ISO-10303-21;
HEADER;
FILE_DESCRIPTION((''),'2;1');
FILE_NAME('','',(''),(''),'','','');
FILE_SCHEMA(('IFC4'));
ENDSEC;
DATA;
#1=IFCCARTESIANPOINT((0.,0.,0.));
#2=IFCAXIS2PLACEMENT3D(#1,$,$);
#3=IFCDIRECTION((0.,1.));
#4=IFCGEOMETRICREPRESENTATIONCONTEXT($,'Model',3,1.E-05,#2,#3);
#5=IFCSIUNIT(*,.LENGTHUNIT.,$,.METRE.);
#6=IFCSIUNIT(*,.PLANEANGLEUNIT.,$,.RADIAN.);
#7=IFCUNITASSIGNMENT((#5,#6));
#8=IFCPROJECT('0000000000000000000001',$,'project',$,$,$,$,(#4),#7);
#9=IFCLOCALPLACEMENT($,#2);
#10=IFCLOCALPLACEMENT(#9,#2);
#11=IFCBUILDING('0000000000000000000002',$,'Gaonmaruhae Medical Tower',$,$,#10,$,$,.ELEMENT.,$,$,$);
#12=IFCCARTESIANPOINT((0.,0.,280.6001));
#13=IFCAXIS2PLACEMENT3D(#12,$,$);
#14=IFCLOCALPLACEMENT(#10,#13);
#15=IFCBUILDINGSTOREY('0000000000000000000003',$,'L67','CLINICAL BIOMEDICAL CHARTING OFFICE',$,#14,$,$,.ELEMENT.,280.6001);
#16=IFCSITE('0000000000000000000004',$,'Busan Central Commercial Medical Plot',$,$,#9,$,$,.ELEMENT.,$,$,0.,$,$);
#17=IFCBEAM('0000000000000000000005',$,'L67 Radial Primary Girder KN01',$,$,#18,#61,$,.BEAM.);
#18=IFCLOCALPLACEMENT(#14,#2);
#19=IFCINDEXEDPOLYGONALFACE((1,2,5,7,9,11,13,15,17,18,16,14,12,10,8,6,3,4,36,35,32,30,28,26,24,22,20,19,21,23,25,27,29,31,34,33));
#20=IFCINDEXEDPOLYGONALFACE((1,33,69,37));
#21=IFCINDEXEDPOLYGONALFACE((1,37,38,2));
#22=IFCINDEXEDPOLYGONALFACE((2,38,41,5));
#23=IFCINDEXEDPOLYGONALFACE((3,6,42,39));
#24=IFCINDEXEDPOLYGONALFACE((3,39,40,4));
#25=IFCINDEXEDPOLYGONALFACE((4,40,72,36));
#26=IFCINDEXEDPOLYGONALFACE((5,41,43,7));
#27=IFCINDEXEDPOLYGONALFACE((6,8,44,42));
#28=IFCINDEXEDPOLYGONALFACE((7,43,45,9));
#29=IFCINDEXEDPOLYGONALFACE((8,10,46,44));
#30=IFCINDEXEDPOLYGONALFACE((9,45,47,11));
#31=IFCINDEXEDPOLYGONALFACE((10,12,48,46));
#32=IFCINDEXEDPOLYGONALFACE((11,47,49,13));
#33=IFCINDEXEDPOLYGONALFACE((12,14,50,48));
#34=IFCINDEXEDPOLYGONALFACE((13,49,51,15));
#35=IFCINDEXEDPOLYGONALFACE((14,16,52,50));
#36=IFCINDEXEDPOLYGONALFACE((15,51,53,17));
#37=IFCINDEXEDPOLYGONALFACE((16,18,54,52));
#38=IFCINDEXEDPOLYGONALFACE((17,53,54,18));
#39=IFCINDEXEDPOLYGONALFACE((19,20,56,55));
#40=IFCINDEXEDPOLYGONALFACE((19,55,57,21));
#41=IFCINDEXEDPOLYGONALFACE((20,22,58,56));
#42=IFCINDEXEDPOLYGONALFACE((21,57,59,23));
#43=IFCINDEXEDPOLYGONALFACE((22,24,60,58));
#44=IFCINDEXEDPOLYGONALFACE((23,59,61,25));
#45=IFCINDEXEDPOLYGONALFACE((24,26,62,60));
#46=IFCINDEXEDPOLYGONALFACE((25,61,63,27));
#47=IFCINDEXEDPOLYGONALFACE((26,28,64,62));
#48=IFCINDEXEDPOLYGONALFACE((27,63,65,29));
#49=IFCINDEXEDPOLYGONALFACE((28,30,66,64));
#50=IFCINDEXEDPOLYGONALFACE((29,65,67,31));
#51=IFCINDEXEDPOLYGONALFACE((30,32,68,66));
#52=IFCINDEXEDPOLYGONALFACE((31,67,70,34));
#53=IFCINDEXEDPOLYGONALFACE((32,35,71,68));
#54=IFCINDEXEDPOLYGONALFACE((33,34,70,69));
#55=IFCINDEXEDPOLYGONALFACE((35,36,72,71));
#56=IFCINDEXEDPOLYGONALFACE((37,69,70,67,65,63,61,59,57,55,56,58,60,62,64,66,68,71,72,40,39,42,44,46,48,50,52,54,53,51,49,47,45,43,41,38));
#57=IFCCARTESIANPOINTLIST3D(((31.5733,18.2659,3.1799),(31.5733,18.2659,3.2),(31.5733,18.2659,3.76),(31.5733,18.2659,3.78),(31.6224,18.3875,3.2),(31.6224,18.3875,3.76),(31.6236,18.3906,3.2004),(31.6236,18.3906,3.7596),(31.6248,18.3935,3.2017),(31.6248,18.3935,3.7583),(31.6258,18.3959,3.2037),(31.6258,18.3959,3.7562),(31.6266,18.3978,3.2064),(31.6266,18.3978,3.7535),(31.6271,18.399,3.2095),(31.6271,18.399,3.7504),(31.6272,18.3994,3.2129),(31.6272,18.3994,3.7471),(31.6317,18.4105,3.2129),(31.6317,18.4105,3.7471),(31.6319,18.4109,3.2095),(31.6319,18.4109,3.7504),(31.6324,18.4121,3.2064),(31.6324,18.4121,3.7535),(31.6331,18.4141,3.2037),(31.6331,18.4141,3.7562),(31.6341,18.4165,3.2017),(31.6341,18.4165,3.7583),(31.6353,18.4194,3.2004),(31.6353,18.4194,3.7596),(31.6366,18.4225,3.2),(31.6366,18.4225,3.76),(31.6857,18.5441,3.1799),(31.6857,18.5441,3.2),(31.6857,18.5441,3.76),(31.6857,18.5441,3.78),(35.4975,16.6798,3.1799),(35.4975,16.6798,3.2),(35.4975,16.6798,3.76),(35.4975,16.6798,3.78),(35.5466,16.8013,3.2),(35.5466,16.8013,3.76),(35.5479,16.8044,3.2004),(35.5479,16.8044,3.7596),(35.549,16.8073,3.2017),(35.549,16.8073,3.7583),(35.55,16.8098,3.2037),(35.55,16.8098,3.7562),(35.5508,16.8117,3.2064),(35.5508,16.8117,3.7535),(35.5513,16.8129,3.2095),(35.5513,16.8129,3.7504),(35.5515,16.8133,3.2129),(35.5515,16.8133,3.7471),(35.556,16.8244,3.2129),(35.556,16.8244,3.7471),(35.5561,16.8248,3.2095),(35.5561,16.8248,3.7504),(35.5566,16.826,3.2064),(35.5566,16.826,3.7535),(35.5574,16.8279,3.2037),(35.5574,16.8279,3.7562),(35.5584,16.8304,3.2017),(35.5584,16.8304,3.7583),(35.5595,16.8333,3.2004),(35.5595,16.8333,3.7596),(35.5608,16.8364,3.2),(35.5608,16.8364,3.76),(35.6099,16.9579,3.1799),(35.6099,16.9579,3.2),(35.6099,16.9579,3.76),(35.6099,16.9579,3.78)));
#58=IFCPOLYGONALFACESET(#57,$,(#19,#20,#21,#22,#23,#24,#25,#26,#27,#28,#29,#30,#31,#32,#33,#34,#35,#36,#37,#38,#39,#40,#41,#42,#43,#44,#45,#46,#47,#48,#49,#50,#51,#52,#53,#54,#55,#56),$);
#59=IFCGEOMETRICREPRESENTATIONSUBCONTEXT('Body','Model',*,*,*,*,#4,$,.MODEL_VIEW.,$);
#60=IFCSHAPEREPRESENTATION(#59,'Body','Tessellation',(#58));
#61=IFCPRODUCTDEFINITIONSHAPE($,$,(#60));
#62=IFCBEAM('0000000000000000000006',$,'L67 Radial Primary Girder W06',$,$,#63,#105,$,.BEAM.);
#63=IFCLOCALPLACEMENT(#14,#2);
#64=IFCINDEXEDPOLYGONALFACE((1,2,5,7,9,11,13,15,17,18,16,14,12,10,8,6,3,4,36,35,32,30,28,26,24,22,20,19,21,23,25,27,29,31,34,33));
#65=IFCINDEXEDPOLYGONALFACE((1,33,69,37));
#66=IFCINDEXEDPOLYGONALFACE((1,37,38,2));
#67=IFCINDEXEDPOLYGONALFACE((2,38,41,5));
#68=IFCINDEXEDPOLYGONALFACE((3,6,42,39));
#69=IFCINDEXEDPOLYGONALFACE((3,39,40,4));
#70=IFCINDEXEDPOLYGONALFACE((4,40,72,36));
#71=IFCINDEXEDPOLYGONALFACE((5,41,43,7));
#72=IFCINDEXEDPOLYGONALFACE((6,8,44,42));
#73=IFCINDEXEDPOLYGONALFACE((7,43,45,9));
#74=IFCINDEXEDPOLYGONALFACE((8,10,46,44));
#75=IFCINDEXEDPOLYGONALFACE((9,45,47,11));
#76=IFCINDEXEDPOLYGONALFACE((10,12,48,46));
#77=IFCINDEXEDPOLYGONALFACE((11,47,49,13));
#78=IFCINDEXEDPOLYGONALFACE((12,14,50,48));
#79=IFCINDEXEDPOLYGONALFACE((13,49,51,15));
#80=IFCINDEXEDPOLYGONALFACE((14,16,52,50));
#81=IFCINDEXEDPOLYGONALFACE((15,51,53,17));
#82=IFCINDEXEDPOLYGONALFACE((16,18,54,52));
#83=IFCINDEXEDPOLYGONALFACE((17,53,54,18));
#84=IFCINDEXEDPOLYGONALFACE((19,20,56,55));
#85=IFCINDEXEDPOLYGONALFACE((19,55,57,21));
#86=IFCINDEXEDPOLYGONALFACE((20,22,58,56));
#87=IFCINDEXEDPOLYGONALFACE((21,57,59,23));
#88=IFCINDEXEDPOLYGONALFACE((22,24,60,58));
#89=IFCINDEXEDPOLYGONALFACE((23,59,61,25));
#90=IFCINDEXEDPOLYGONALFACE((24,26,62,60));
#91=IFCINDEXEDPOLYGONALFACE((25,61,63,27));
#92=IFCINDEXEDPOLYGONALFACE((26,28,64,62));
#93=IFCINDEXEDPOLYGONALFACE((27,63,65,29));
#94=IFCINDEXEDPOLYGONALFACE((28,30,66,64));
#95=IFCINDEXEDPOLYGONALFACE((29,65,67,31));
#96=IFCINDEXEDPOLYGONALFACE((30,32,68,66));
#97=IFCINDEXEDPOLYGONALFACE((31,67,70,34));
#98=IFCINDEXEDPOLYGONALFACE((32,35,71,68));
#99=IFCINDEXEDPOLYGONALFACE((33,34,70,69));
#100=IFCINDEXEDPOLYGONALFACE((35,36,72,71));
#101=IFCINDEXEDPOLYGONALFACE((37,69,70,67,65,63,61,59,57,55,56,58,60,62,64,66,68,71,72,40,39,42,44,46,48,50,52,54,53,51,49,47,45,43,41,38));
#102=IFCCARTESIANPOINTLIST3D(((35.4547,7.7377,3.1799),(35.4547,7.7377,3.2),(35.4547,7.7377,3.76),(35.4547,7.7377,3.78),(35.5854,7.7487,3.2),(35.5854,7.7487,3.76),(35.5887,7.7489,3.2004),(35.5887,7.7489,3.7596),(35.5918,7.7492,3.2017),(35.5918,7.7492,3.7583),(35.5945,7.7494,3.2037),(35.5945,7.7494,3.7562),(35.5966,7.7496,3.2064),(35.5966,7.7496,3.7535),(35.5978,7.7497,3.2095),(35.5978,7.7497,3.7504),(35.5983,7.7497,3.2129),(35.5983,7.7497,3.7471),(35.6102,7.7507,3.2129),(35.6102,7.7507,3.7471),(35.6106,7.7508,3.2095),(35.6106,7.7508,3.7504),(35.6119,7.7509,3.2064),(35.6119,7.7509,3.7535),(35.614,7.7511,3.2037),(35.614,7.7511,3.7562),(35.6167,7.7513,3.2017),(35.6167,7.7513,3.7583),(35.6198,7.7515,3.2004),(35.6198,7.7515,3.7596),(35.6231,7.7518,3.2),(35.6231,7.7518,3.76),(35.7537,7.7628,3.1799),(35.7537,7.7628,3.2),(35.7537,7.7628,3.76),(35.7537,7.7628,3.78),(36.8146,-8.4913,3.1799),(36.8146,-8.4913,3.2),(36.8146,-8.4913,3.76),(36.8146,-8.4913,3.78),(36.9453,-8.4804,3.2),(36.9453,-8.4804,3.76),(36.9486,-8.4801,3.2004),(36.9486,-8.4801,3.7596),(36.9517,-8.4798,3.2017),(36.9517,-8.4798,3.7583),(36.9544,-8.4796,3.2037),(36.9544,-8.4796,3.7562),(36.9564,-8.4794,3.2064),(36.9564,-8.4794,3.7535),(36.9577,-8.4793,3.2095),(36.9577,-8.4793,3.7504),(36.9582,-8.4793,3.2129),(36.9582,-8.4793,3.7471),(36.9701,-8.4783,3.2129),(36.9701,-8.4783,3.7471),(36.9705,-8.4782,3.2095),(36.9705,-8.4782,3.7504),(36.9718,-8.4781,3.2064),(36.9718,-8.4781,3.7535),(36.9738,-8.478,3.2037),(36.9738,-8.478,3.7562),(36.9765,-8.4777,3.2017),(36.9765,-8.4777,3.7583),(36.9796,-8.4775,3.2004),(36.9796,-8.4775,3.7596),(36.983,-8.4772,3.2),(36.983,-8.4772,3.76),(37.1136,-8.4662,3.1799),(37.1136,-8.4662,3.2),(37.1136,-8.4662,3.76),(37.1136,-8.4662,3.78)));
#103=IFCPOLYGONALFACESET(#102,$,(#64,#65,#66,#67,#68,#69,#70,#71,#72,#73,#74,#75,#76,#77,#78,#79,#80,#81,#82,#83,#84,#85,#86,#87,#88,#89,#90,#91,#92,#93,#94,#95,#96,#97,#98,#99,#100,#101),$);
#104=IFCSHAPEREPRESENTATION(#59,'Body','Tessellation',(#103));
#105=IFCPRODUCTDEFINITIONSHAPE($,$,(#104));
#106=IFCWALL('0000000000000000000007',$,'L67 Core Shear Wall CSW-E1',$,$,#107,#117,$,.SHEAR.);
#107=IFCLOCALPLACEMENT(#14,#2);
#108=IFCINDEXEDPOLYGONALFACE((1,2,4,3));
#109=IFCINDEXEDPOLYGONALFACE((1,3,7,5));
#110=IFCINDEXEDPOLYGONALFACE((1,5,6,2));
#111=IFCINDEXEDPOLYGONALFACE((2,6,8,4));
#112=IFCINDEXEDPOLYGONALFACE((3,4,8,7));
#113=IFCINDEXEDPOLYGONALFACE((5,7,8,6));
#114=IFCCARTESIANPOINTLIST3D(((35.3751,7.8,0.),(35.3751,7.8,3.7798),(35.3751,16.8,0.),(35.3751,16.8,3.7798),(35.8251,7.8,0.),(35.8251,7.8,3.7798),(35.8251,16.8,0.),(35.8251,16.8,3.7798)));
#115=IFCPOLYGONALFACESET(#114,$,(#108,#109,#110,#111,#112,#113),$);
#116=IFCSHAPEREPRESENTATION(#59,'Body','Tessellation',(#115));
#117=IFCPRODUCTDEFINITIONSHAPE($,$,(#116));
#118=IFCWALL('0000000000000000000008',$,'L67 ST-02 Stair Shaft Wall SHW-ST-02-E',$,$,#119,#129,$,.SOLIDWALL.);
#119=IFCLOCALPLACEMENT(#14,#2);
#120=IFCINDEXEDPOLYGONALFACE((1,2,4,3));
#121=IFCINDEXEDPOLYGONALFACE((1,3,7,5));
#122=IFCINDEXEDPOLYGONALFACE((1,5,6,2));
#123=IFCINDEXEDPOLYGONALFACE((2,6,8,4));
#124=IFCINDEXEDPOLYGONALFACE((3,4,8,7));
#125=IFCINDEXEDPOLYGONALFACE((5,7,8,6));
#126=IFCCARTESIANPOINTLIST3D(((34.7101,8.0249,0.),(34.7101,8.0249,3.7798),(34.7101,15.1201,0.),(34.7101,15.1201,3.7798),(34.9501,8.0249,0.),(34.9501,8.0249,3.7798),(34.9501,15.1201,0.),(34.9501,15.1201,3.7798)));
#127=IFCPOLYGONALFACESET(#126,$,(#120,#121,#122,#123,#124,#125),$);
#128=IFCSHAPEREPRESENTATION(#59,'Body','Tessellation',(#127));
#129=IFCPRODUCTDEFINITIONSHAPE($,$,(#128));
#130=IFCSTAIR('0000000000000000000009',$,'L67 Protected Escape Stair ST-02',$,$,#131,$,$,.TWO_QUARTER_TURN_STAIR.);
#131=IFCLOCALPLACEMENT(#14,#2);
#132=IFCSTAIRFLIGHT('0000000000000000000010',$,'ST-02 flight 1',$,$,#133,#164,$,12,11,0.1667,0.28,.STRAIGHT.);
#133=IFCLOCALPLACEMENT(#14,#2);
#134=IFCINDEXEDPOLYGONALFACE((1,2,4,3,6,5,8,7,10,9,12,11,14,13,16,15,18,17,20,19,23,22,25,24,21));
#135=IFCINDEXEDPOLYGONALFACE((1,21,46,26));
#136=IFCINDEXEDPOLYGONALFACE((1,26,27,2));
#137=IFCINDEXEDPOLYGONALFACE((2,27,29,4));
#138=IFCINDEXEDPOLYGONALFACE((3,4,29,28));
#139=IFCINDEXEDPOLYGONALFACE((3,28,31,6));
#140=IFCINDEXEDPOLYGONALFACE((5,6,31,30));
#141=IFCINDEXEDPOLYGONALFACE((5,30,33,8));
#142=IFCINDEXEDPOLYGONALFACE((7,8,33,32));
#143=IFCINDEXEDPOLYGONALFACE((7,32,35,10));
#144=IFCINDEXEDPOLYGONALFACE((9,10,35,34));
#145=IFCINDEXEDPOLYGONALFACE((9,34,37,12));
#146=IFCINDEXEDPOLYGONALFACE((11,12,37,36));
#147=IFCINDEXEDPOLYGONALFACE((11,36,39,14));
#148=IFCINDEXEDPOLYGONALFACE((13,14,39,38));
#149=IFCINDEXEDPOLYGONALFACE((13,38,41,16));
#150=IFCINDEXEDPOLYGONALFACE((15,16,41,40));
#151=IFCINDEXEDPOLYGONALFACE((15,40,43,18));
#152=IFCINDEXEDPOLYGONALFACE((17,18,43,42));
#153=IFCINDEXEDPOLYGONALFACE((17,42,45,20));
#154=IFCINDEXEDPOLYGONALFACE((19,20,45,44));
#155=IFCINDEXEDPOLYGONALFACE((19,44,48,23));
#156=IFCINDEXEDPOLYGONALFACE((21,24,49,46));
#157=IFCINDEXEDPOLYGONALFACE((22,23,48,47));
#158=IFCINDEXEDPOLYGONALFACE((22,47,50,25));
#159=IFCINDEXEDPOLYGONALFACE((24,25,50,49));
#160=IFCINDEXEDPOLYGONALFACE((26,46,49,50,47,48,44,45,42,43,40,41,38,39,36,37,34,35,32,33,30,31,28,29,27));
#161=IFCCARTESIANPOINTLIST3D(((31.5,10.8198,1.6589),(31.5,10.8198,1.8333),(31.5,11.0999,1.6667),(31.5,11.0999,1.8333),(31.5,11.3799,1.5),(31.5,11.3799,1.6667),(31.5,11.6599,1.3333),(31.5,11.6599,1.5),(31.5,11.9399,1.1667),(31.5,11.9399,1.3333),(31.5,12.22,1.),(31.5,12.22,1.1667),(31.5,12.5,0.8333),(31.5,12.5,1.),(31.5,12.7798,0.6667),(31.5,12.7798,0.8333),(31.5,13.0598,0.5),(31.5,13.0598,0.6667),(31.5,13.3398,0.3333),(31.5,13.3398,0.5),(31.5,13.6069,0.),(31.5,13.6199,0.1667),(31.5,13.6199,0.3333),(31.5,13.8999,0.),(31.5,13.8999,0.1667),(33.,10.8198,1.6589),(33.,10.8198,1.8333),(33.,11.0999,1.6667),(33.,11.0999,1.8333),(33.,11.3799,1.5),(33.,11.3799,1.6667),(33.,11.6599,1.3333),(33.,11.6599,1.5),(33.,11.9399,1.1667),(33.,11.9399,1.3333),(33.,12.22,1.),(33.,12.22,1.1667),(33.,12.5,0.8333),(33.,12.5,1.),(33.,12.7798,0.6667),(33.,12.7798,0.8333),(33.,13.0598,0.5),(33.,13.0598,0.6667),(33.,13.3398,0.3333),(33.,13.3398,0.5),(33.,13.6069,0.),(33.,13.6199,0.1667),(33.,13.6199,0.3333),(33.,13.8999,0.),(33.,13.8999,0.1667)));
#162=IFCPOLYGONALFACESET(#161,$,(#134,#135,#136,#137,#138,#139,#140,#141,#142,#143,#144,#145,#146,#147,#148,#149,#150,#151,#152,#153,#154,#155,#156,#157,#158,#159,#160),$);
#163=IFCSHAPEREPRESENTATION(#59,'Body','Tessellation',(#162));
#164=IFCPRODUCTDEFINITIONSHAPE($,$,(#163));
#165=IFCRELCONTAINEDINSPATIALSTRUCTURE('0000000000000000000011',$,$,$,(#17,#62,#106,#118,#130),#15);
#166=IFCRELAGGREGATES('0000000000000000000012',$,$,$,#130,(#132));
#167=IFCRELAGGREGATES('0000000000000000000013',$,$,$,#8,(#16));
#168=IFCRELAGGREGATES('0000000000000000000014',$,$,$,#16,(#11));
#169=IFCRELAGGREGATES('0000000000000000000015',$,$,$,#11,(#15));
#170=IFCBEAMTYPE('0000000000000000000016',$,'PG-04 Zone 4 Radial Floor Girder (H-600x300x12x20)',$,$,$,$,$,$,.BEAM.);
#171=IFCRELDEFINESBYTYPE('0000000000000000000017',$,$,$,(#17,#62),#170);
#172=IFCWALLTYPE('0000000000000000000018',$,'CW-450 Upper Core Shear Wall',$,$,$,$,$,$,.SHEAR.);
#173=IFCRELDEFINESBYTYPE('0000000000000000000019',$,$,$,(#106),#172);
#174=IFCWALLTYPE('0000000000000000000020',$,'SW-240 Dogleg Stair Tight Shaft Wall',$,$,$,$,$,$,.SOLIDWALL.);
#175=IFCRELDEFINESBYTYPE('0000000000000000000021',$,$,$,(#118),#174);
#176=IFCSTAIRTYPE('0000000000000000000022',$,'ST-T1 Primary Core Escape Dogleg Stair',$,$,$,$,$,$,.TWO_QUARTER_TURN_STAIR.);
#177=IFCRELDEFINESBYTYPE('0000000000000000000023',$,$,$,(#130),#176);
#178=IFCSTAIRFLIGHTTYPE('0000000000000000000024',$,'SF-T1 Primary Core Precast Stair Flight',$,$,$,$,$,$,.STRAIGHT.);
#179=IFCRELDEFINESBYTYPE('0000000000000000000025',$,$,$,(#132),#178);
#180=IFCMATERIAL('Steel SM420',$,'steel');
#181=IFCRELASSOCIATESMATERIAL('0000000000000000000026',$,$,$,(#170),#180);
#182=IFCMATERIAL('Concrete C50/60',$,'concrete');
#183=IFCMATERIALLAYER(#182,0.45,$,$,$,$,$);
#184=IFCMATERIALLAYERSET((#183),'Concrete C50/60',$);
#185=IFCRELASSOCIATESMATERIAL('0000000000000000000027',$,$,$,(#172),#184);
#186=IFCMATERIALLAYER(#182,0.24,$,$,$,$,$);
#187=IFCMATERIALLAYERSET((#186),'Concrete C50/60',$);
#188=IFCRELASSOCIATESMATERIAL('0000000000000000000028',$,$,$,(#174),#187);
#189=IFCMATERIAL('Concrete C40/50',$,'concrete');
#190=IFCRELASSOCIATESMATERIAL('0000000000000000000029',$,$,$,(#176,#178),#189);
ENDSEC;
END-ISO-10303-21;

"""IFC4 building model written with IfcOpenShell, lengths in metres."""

from ifc_helpers import new_model, si_unit, direction, frame, frame_2d, origin, origin_2d, place, context, subcontext, project, spatial, polyline, rectangle, i_section, outline, extrude, material, layer, layer_set, material_profile, profile_set, type_object, element, aggregate, save


model = new_model("IFC4")

# Units and contexts
model_context = context("Model", 3, precision=1e-05, world=origin(), true_north=direction((0.0, 1.0)))
body_context = subcontext(model_context, "Body", "Model", "MODEL_VIEW")
ifc_project = project(units=[si_unit("LENGTHUNIT", "METRE"), si_unit("PLANEANGLEUNIT", "RADIAN")], contexts=[model_context])

# Site, building, storey
site_placement = place(None, origin())
site = spatial("IfcSite", under=ifc_project, at=site_placement, Name="Busan Central Commercial Medical Plot", CompositionType="ELEMENT", RefElevation=0.0)
building_placement = place(site_placement, origin())
building = spatial("IfcBuilding", under=site, at=building_placement, Name="Gaonmaruhae Medical Tower", CompositionType="ELEMENT")
storey_placement = place(building_placement, frame((0.0, 0.0, 280.6001)))
storey = spatial("IfcBuildingStorey", under=building, at=storey_placement, Name="L67", Description="CLINICAL BIOMEDICAL CHARTING OFFICE", CompositionType="ELEMENT", Elevation=280.6001)

# Shared definitions
ifc_material_1 = material(Name="Concrete C50/60", Category="concrete")

# Beams
ifc_material_2 = material(Name="Steel SM420", Category="steel")
ifc_material_profile_1 = material_profile(ifc_material_2, i_section(OverallWidth=0.3, OverallDepth=0.6001, WebThickness=0.012, FlangeThickness=0.02, FilletRadius=0.0129, at=origin_2d()), Name="H-600x300x12x20")
ifc_profile_set_1 = profile_set([ifc_material_profile_1], Name="Steel SM420")
beam_type = type_object("IfcBeamType", Name="PG-04 Zone 4 Radial Floor Girder (H-600x300x12x20)", PredefinedType="BEAM", material=ifc_profile_set_1)
beam_1_placement = place(storey_placement, frame((35.5537, 16.8188, 3.48), z_axis=(-0.92713, 0.37474, 0.0), x_axis=(-0.37474, -0.92713, 0.0)))
element("IfcBeam", 1, at=beam_1_placement, inside=storey, type_object=beam_type, Name="L67 Radial Primary Girder KN01", PredefinedType="BEAM", context=body_context, shape_type="SweptSolid", body=[
    extrude(i_section(OverallWidth=0.3, OverallDepth=0.6001, WebThickness=0.012, FlangeThickness=0.02, FilletRadius=0.0129, at=origin_2d()), origin(), (0.0, 0.0, 1.0), 4.2327),
])
beam_2_placement = place(storey_placement, frame((35.6042, 7.7502, 3.48), z_axis=(0.0835, -0.996508, 0.0), x_axis=(0.996508, 0.0835, 0.0)))
element("IfcBeam", 2, at=beam_2_placement, inside=storey, type_object=beam_type, Name="L67 Radial Primary Girder W06", PredefinedType="BEAM", context=body_context, shape_type="SweptSolid", body=[
    extrude(i_section(OverallWidth=0.3, OverallDepth=0.6001, WebThickness=0.012, FlangeThickness=0.02, FilletRadius=0.0129, at=origin_2d()), origin(), (0.0, 0.0, 1.0), 16.2859),
])

# Walls
ifc_layer_1 = layer(ifc_material_1, 0.45)
ifc_layer_set_1 = layer_set([ifc_layer_1], Name="Concrete C50/60")
wall_type_1 = type_object("IfcWallType", Name="CW-450 Upper Core Shear Wall", PredefinedType="SHEAR", material=ifc_layer_set_1)
wall_1_placement = place(storey_placement, frame((35.6001, 7.8, 0.0), z_axis=(0.0, 0.0, 1.0), x_axis=(0.0, 1.0, 0.0)))
element("IfcWall", 3, at=wall_1_placement, inside=storey, type_object=wall_type_1, Name="L67 Core Shear Wall CSW-E1", PredefinedType="SHEAR", context=body_context, shape_type="SweptSolid", body=[
    extrude(rectangle(XDim=9.0, YDim=0.45, at=frame_2d((4.5, 0.0))), origin(), (0.0, 0.0, 1.0), 3.7798),
])
ifc_layer_2 = layer(ifc_material_1, 0.24)
ifc_layer_set_2 = layer_set([ifc_layer_2], Name="Concrete C50/60")
wall_type_2 = type_object("IfcWallType", Name="SW-240 Dogleg Stair Tight Shaft Wall", PredefinedType="SOLIDWALL", material=ifc_layer_set_2)
wall_2_placement = place(storey_placement, frame((34.8301, 15.1201, 0.0), z_axis=(0.0, 0.0, 1.0), x_axis=(0.0, -1.0, 0.0)))
element("IfcWall", 4, at=wall_2_placement, inside=storey, type_object=wall_type_2, Name="L67 ST-02 Stair Shaft Wall SHW-ST-02-E", PredefinedType="SOLIDWALL", context=body_context, shape_type="SweptSolid", body=[
    extrude(rectangle(XDim=7.0952, YDim=0.24, at=frame_2d((3.5476, 0.0))), origin(), (0.0, 0.0, 1.0), 3.7798),
])

# Stair, stair flight
ifc_material_3 = material(Name="Concrete C40/50", Category="concrete")
stair_type = type_object("IfcStairType", Name="ST-T1 Primary Core Escape Dogleg Stair", PredefinedType="TWO_QUARTER_TURN_STAIR", material=ifc_material_3)
stair_placement = place(storey_placement, origin())
stair = element("IfcStair", 5, at=stair_placement, inside=storey, type_object=stair_type, Name="L67 Protected Escape Stair ST-02", PredefinedType="TWO_QUARTER_TURN_STAIR")
stair_flight_type = type_object("IfcStairFlightType", Name="SF-T1 Primary Core Precast Stair Flight", PredefinedType="STRAIGHT", material=ifc_material_3)
stair_flight_1_placement = place(storey_placement, frame((32.25, 13.8999, 0.0), z_axis=(0.0, 0.0, 1.0), x_axis=(0.0, -1.0, 0.0)))
stair_flight_1 = element("IfcStairFlight", 6, at=stair_flight_1_placement, type_object=stair_flight_type, Name="ST-02 flight 1", NumberOfRisers=12, NumberOfTreads=11, PredefinedType="STRAIGHT", RiserHeight=0.1667, TreadLength=0.28, context=body_context, shape_type="SweptSolid", body=[
    extrude(outline(polyline([(0.0, 0.0), (0.0, 0.1667), (0.28, 0.1667), (0.28, 0.3333), (0.5601, 0.3333), (0.5601, 0.5), (0.8401, 0.5), (0.8401, 0.6667), (1.1201, 0.6667), (1.1201, 0.8333), (1.3999, 0.8333), (1.3999, 1.0), (1.6799, 1.0), (1.6799, 1.1667), (1.96, 1.1667), (1.96, 1.3333), (2.24, 1.3333), (2.24, 1.5), (2.52, 1.5), (2.52, 1.6667), (2.8, 1.6667), (2.8, 1.8333), (3.0801, 1.8333), (3.0801, 2.0), (3.0801, 1.6589), (0.293, 0.0), (0.0, 0.0)])), frame((0.0, 0.75, 0.0), z_axis=(0.0, -1.0, 0.0), x_axis=(1.0, 0.0, 0.0)), (0.0, 0.0, 1.0), 1.5),
])
aggregate(stair, [stair_flight_1])

save(model, "model.ifc")
